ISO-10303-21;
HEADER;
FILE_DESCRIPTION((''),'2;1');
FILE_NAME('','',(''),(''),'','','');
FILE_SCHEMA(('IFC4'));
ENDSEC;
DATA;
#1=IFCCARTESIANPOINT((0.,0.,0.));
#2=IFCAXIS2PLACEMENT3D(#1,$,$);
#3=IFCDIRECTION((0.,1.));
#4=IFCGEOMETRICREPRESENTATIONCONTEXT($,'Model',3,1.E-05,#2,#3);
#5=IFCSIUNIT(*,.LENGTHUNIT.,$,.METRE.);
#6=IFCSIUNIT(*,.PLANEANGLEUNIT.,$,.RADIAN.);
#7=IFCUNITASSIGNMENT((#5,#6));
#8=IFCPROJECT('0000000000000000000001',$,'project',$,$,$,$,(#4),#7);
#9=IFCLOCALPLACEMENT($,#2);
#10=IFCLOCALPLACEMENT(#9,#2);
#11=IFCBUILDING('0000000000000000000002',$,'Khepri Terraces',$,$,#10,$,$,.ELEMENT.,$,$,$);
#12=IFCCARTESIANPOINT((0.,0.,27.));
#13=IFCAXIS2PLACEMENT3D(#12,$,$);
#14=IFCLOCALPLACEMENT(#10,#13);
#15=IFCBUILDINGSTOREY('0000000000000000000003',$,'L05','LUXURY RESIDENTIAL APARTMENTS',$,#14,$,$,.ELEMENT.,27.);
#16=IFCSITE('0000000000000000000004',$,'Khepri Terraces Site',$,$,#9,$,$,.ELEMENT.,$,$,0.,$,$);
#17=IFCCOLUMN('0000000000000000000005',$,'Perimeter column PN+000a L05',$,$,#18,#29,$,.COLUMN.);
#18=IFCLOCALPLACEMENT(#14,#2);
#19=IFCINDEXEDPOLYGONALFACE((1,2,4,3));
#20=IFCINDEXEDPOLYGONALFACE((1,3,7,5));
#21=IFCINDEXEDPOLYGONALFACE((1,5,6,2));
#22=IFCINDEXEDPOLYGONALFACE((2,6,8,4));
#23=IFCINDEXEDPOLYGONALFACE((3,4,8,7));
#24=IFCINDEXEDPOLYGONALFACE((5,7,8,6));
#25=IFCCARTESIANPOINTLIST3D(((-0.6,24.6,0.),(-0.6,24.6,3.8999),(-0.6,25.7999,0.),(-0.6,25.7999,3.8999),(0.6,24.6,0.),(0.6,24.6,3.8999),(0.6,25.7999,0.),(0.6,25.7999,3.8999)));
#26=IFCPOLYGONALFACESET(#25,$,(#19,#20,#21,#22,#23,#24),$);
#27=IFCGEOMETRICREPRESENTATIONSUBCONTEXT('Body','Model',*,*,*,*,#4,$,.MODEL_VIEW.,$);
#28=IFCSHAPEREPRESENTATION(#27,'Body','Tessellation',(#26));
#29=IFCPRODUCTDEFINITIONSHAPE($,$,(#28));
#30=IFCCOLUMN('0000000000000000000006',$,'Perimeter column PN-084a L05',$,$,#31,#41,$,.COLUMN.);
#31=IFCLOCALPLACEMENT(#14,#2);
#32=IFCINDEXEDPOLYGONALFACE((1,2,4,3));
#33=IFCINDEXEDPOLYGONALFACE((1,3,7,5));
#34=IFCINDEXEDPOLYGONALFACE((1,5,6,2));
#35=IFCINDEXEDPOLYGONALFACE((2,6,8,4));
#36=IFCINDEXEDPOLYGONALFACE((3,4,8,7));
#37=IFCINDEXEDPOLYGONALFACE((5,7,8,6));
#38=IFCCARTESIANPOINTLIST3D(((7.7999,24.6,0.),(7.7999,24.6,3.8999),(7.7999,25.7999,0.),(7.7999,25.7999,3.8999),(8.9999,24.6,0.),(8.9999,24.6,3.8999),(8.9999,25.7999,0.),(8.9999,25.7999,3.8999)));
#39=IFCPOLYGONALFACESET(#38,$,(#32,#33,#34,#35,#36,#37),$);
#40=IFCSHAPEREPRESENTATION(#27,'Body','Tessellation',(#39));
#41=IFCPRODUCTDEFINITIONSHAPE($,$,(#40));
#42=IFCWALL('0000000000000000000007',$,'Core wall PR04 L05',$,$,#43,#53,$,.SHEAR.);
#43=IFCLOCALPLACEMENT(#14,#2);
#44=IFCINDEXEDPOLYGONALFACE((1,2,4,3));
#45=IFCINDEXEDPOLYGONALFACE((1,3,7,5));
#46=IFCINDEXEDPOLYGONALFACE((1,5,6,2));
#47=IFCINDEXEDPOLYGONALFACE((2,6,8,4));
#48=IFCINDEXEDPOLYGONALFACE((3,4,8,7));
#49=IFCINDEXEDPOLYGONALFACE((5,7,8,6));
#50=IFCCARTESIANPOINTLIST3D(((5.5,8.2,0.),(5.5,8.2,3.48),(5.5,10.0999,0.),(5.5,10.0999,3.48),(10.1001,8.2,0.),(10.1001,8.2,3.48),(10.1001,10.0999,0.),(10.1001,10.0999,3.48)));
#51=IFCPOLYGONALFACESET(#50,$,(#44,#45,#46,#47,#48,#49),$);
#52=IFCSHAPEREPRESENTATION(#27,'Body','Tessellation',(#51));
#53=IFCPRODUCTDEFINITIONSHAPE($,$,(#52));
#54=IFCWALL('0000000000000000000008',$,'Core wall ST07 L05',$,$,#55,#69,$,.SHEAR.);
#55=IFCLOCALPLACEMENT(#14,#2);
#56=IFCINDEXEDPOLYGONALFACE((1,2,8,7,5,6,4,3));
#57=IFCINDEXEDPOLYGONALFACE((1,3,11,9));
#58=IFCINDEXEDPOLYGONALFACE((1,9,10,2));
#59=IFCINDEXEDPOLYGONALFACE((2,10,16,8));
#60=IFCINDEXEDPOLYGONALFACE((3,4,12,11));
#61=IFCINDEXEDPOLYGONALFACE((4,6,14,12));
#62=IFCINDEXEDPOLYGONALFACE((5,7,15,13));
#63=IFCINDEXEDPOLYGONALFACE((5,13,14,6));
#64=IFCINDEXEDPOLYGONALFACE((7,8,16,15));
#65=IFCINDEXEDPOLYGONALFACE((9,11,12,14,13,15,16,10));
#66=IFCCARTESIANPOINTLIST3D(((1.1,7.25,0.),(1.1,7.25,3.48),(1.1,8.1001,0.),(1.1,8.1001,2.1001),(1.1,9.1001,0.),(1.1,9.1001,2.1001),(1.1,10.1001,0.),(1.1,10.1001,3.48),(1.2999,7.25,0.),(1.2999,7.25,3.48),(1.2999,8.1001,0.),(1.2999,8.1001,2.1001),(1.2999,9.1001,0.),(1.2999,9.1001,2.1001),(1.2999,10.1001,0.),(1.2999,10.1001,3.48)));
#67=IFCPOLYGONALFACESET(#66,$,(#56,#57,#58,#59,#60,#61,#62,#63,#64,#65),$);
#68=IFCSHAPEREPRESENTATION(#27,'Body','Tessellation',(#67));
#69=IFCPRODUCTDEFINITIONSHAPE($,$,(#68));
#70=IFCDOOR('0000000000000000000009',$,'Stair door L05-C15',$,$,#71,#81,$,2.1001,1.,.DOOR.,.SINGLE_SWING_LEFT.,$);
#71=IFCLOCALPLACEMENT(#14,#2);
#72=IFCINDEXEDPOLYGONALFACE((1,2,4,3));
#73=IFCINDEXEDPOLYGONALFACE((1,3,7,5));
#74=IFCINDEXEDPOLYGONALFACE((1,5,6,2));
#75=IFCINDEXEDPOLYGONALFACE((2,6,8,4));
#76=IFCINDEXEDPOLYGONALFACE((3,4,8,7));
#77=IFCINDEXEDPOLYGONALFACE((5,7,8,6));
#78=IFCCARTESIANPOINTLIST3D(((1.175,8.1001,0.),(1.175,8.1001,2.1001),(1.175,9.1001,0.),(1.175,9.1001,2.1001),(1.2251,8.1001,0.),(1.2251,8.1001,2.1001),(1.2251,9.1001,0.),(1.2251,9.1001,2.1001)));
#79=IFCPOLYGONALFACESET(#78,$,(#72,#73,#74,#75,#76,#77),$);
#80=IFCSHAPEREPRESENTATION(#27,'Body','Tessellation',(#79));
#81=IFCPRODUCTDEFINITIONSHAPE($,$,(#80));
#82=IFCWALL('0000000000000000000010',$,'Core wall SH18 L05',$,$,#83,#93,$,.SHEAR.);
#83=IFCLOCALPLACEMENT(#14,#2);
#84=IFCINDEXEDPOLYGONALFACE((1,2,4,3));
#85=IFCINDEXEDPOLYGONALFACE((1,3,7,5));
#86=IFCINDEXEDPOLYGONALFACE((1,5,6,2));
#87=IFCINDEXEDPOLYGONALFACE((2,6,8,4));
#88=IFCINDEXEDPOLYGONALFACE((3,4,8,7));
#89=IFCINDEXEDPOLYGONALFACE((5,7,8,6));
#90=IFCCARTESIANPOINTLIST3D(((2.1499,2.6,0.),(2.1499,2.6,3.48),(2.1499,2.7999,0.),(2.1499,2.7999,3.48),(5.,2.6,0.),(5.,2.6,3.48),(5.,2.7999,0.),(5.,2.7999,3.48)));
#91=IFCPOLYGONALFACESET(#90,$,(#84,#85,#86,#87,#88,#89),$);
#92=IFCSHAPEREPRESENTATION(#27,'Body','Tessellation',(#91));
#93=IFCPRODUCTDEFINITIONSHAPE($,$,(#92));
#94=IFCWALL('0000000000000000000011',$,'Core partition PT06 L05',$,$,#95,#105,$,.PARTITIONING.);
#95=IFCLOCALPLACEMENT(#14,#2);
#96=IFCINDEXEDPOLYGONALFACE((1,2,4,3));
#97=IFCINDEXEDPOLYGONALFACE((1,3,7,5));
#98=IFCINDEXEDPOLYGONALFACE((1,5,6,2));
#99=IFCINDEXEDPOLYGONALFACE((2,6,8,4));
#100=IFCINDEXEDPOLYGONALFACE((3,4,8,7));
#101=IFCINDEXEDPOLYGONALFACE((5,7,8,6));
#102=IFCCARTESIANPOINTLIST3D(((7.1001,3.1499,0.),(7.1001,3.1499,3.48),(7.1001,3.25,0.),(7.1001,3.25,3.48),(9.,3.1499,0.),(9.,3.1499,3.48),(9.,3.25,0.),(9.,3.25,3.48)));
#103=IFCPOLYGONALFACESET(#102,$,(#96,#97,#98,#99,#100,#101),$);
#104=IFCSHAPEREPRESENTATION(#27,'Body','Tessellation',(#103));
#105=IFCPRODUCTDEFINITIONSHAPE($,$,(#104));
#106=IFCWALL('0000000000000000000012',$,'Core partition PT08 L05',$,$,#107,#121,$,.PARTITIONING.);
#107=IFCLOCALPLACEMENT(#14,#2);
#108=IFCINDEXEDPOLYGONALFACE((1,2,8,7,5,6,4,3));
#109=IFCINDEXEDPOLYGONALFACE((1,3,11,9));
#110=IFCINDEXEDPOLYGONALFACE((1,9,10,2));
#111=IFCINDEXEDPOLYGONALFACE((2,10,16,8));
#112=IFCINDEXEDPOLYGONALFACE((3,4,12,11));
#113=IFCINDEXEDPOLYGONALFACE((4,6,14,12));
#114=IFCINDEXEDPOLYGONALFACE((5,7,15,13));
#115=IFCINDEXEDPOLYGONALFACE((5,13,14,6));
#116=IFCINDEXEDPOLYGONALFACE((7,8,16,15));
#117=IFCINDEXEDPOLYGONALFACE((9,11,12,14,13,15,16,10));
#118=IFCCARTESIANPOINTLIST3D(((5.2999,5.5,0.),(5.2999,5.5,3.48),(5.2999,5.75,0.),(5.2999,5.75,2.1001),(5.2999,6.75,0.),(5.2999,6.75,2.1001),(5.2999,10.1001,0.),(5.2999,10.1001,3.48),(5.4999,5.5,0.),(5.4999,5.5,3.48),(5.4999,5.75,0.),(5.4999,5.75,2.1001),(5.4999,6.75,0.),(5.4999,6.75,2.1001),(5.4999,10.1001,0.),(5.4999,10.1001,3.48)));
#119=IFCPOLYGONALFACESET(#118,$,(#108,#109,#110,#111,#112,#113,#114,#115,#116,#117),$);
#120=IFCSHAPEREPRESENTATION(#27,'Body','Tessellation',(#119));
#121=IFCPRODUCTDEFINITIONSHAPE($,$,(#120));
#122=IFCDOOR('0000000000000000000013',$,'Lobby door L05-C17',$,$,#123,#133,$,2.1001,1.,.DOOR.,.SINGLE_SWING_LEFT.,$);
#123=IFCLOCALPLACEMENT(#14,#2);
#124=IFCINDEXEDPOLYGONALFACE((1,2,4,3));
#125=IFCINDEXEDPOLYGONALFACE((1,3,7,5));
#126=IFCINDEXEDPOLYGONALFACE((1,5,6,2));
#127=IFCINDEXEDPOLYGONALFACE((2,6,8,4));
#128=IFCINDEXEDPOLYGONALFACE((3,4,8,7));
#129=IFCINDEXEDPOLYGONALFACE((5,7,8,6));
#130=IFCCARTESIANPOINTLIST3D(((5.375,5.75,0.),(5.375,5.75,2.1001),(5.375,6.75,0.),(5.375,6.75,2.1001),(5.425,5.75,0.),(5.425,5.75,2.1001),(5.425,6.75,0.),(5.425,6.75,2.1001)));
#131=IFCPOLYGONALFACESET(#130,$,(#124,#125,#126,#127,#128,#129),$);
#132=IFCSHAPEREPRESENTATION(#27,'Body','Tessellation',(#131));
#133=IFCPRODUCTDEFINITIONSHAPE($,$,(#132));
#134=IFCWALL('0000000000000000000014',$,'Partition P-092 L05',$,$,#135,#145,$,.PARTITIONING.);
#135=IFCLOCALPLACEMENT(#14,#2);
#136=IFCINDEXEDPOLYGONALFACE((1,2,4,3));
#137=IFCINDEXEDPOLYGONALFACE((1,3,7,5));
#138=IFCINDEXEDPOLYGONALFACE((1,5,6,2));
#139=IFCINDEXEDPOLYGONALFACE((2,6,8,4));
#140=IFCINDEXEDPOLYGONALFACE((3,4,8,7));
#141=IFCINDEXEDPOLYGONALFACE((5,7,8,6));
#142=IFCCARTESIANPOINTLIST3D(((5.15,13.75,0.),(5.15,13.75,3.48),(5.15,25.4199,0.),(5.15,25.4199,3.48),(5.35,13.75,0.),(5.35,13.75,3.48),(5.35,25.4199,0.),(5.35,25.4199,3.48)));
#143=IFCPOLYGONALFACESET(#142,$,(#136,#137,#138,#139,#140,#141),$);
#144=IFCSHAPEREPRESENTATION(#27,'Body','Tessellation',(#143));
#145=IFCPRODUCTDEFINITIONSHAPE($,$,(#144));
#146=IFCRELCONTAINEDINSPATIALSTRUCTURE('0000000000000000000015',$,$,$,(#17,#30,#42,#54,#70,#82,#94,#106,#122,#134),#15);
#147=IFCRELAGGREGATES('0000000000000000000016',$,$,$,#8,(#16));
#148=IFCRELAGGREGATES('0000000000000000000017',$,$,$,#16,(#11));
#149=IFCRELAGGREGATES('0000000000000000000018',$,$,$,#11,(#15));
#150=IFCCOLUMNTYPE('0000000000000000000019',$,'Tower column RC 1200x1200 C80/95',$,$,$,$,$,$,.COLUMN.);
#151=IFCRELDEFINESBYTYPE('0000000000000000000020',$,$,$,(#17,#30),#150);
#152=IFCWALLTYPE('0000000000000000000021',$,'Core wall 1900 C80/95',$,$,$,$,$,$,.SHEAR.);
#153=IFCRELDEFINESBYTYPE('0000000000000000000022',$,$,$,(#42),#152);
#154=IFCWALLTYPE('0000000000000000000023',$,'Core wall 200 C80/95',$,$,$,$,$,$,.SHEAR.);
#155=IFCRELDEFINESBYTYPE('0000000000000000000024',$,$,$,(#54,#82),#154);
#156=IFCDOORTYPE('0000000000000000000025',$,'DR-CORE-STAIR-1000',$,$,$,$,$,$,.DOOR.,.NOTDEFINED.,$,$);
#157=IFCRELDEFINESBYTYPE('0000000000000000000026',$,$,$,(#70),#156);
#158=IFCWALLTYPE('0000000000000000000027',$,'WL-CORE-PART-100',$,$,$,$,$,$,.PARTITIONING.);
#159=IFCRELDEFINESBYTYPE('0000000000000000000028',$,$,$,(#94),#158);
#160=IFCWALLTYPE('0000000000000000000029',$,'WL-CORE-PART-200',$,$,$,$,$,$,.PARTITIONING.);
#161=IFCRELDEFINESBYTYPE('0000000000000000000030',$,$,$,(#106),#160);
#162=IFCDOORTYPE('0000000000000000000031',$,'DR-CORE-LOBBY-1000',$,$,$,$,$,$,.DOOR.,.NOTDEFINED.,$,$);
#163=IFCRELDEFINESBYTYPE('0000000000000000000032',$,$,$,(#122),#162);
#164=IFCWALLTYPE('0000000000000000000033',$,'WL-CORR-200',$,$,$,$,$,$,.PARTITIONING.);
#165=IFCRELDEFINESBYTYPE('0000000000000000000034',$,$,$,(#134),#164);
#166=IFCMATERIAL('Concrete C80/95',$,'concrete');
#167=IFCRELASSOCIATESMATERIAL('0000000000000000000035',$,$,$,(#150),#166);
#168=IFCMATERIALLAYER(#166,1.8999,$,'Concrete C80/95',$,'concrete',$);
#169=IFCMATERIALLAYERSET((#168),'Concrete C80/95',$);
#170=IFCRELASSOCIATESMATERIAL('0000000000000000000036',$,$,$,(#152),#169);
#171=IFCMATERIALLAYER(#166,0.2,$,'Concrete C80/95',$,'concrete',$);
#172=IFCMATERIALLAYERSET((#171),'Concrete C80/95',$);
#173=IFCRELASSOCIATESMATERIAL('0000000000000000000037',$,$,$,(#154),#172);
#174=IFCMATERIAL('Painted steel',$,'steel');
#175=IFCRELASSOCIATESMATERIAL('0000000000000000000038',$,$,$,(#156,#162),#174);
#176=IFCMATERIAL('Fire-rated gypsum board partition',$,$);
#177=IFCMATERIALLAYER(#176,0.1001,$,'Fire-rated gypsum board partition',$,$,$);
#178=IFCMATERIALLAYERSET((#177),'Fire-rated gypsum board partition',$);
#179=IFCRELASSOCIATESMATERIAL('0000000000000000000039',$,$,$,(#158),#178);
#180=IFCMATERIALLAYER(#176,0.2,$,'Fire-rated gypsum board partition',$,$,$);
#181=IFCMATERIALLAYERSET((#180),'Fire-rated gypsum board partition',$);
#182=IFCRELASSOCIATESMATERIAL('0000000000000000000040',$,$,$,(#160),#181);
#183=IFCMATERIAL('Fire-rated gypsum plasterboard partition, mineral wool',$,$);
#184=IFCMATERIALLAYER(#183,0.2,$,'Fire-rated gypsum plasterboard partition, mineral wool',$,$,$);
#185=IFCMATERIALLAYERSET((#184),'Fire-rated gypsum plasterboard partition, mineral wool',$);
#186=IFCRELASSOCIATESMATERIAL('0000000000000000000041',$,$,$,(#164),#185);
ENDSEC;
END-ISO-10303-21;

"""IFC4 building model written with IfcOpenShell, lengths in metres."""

from ifc_helpers import new_model, si_unit, direction, frame, frame_2d, origin, origin_2d, place, context, subcontext, project, spatial, rectangle, extrude, material, layer, layer_set, material_profile, profile_set, type_object, element, fill, save


model = new_model("IFC4")

# Units and contexts
model_context = context("Model", 3, precision=1e-05, world=origin(), true_north=direction((0.0, 1.0)))
body_context = subcontext(model_context, "Body", "Model", "MODEL_VIEW")
ifc_project = project(units=[si_unit("LENGTHUNIT", "METRE"), si_unit("PLANEANGLEUNIT", "RADIAN")], contexts=[model_context])

# Site, building, storey
site_placement = place(None, origin())
site = spatial("IfcSite", under=ifc_project, at=site_placement, Name="Khepri Terraces Site", CompositionType="ELEMENT", RefElevation=0.0)
building_placement = place(site_placement, origin())
building = spatial("IfcBuilding", under=site, at=building_placement, Name="Khepri Terraces", CompositionType="ELEMENT")
storey_placement = place(building_placement, frame((0.0, 0.0, 27.0)))
storey = spatial("IfcBuildingStorey", under=building, at=storey_placement, Name="L05", Description="LUXURY RESIDENTIAL APARTMENTS", CompositionType="ELEMENT", Elevation=27.0)

# Columns
ifc_material_1 = material(Name="Concrete C80/95", Category="concrete")
ifc_material_profile = material_profile(ifc_material_1, rectangle(XDim=1.2, YDim=1.2, at=origin_2d()), Name="Concrete C80/95", Category="concrete")
ifc_profile_set = profile_set([ifc_material_profile], Name="Concrete C80/95")
column_type = type_object("IfcColumnType", Name="Tower column RC 1200x1200 C80/95", PredefinedType="COLUMN", material=ifc_profile_set)
for number, where, z_axis, x_axis, name in (
    (1, (0.0, 25.2, 0.0), (0.0, 0.0, 1.0), (1.0, 0.0, 0.0), "Perimeter column PN+000a L05"),
    (2, (8.3999, 25.2, 0.0), (0.0, 0.0, 1.0), (1.0, 0.0, 0.0), "Perimeter column PN-084a L05"),
):
    element("IfcColumn", number, at=place(storey_placement, frame(where, z_axis=z_axis, x_axis=x_axis)), inside=storey, type_object=column_type, Name=name, PredefinedType="COLUMN", context=body_context, shape_type="SweptSolid", body=[
        extrude(rectangle(XDim=1.2, YDim=1.2, at=origin_2d()), origin(), (0.0, 0.0, 1.0), 3.8999),
    ])

# Wall
ifc_layer_1 = layer(ifc_material_1, 1.8999, Name="Concrete C80/95", Category="concrete")
ifc_layer_set_1 = layer_set([ifc_layer_1], Name="Concrete C80/95")
wall_type_1 = type_object("IfcWallType", Name="Core wall 1900 C80/95", PredefinedType="SHEAR", material=ifc_layer_set_1)
wall_1_placement = place(storey_placement, frame((5.5, 9.1499, 0.0), z_axis=(0.0, 0.0, 1.0), x_axis=(1.0, 0.0, 0.0)))
element("IfcWall", 3, at=wall_1_placement, inside=storey, type_object=wall_type_1, Name="Core wall PR04 L05", PredefinedType="SHEAR", context=body_context, shape_type="SweptSolid", body=[
    extrude(rectangle(XDim=4.6001, YDim=1.8999, at=frame_2d((2.3, 0.0))), origin(), (0.0, 0.0, 1.0), 3.48),
])

# Wall, opening, door
ifc_layer_2 = layer(ifc_material_1, 0.2, Name="Concrete C80/95", Category="concrete")
ifc_layer_set_2 = layer_set([ifc_layer_2], Name="Concrete C80/95")
wall_type_2 = type_object("IfcWallType", Name="Core wall 200 C80/95", PredefinedType="SHEAR", material=ifc_layer_set_2)
wall_2_placement = place(storey_placement, frame((1.2, 7.25, 0.0), z_axis=(0.0, 0.0, 1.0), x_axis=(0.0, 1.0, 0.0)))
wall_2 = element("IfcWall", 4, at=wall_2_placement, inside=storey, type_object=wall_type_2, Name="Core wall ST07 L05", PredefinedType="SHEAR", context=body_context, shape_type="SweptSolid", body=[
    extrude(rectangle(XDim=2.8501, YDim=0.2, at=frame_2d((1.425, 0.0))), origin(), (0.0, 0.0, 1.0), 3.48),
])
opening_1_placement = place(wall_2_placement, frame((0.8501, 0.0, 0.0)))
opening_1 = element("IfcOpeningElement", 5, at=opening_1_placement, cuts=wall_2, PredefinedType="OPENING", context=body_context, shape_type="SweptSolid", body=[
    extrude(rectangle(XDim=1.0, YDim=2.1001, at=frame_2d((0.5, 1.05))), frame((0.0, 0.1099, 0.0), z_axis=(0.0, -1.0, 0.0), x_axis=(1.0, 0.0, 0.0)), (0.0, 0.0, 1.0), 0.22),
])
ifc_material_2 = material(Name="Painted steel", Category="steel")
door_type_1 = type_object("IfcDoorType", Name="DR-CORE-STAIR-1000", OperationType="NOTDEFINED", PredefinedType="DOOR", material=ifc_material_2)
door_1_placement = place(opening_1_placement, origin())
door_1 = element("IfcDoor", 6, at=door_1_placement, inside=storey, type_object=door_type_1, Name="Stair door L05-C15", OperationType="SINGLE_SWING_LEFT", OverallHeight=2.1001, OverallWidth=1.0, PredefinedType="DOOR", context=body_context, shape_type="SweptSolid", body=[
    extrude(rectangle(XDim=1.0, YDim=2.1001, at=frame_2d((0.5, 1.05))), frame((0.0, 0.0249, 0.0), z_axis=(0.0, -1.0, 0.0), x_axis=(1.0, 0.0, 0.0)), (0.0, 0.0, 1.0), 0.05),
])
fill(opening_1, door_1)

# Walls
wall_3_placement = place(storey_placement, frame((2.1499, 2.7, 0.0), z_axis=(0.0, 0.0, 1.0), x_axis=(1.0, 0.0, 0.0)))
element("IfcWall", 7, at=wall_3_placement, inside=storey, type_object=wall_type_2, Name="Core wall SH18 L05", PredefinedType="SHEAR", context=body_context, shape_type="SweptSolid", body=[
    extrude(rectangle(XDim=2.8501, YDim=0.2, at=frame_2d((1.425, 0.0))), origin(), (0.0, 0.0, 1.0), 3.48),
])
ifc_material_3 = material(Name="Fire-rated gypsum board partition")
ifc_layer_3 = layer(ifc_material_3, 0.1001, Name="Fire-rated gypsum board partition")
ifc_layer_set_3 = layer_set([ifc_layer_3], Name="Fire-rated gypsum board partition")
wall_type_3 = type_object("IfcWallType", Name="WL-CORE-PART-100", PredefinedType="PARTITIONING", material=ifc_layer_set_3)
wall_4_placement = place(storey_placement, frame((7.1001, 3.2, 0.0), z_axis=(0.0, 0.0, 1.0), x_axis=(1.0, 0.0, 0.0)))
element("IfcWall", 8, at=wall_4_placement, inside=storey, type_object=wall_type_3, Name="Core partition PT06 L05", PredefinedType="PARTITIONING", context=body_context, shape_type="SweptSolid", body=[
    extrude(rectangle(XDim=1.8999, YDim=0.1001, at=frame_2d((0.95, 0.0))), origin(), (0.0, 0.0, 1.0), 3.48),
])

# Wall, opening, door
ifc_layer_4 = layer(ifc_material_3, 0.2, Name="Fire-rated gypsum board partition")
ifc_layer_set_4 = layer_set([ifc_layer_4], Name="Fire-rated gypsum board partition")
wall_type_4 = type_object("IfcWallType", Name="WL-CORE-PART-200", PredefinedType="PARTITIONING", material=ifc_layer_set_4)
wall_5_placement = place(storey_placement, frame((5.3999, 5.5, 0.0), z_axis=(0.0, 0.0, 1.0), x_axis=(0.0, 1.0, 0.0)))
wall_5 = element("IfcWall", 9, at=wall_5_placement, inside=storey, type_object=wall_type_4, Name="Core partition PT08 L05", PredefinedType="PARTITIONING", context=body_context, shape_type="SweptSolid", body=[
    extrude(rectangle(XDim=4.6001, YDim=0.2, at=frame_2d((2.3, 0.0))), origin(), (0.0, 0.0, 1.0), 3.48),
])
opening_2_placement = place(wall_5_placement, frame((0.25, 0.0, 0.0)))
opening_2 = element("IfcOpeningElement", 10, at=opening_2_placement, cuts=wall_5, PredefinedType="OPENING", context=body_context, shape_type="SweptSolid", body=[
    extrude(rectangle(XDim=1.0, YDim=2.1001, at=frame_2d((0.5, 1.05))), frame((0.0, 0.1099, 0.0), z_axis=(0.0, -1.0, 0.0), x_axis=(1.0, 0.0, 0.0)), (0.0, 0.0, 1.0), 0.22),
])
door_type_2 = type_object("IfcDoorType", Name="DR-CORE-LOBBY-1000", OperationType="NOTDEFINED", PredefinedType="DOOR", material=ifc_material_2)
door_2_placement = place(opening_2_placement, origin())
door_2 = element("IfcDoor", 11, at=door_2_placement, inside=storey, type_object=door_type_2, Name="Lobby door L05-C17", OperationType="SINGLE_SWING_LEFT", OverallHeight=2.1001, OverallWidth=1.0, PredefinedType="DOOR", context=body_context, shape_type="SweptSolid", body=[
    extrude(rectangle(XDim=1.0, YDim=2.1001, at=frame_2d((0.5, 1.05))), frame((0.0, 0.0249, 0.0), z_axis=(0.0, -1.0, 0.0), x_axis=(1.0, 0.0, 0.0)), (0.0, 0.0, 1.0), 0.05),
])
fill(opening_2, door_2)

# Wall
ifc_material_4 = material(Name="Fire-rated gypsum plasterboard partition, mineral wool")
ifc_layer_5 = layer(ifc_material_4, 0.2, Name="Fire-rated gypsum plasterboard partition, mineral wool")
ifc_layer_set_5 = layer_set([ifc_layer_5], Name="Fire-rated gypsum plasterboard partition, mineral wool")
wall_type_5 = type_object("IfcWallType", Name="WL-CORR-200", PredefinedType="PARTITIONING", material=ifc_layer_set_5)
wall_6_placement = place(storey_placement, frame((5.25, 13.75, 0.0), z_axis=(0.0, 0.0, 1.0), x_axis=(0.0, 1.0, 0.0)))
element("IfcWall", 12, at=wall_6_placement, inside=storey, type_object=wall_type_5, Name="Partition P-092 L05", PredefinedType="PARTITIONING", context=body_context, shape_type="SweptSolid", body=[
    extrude(rectangle(XDim=11.6699, YDim=0.2, at=frame_2d((5.835, 0.0))), origin(), (0.0, 0.0, 1.0), 3.48),
])

save(model, "model.ifc")
